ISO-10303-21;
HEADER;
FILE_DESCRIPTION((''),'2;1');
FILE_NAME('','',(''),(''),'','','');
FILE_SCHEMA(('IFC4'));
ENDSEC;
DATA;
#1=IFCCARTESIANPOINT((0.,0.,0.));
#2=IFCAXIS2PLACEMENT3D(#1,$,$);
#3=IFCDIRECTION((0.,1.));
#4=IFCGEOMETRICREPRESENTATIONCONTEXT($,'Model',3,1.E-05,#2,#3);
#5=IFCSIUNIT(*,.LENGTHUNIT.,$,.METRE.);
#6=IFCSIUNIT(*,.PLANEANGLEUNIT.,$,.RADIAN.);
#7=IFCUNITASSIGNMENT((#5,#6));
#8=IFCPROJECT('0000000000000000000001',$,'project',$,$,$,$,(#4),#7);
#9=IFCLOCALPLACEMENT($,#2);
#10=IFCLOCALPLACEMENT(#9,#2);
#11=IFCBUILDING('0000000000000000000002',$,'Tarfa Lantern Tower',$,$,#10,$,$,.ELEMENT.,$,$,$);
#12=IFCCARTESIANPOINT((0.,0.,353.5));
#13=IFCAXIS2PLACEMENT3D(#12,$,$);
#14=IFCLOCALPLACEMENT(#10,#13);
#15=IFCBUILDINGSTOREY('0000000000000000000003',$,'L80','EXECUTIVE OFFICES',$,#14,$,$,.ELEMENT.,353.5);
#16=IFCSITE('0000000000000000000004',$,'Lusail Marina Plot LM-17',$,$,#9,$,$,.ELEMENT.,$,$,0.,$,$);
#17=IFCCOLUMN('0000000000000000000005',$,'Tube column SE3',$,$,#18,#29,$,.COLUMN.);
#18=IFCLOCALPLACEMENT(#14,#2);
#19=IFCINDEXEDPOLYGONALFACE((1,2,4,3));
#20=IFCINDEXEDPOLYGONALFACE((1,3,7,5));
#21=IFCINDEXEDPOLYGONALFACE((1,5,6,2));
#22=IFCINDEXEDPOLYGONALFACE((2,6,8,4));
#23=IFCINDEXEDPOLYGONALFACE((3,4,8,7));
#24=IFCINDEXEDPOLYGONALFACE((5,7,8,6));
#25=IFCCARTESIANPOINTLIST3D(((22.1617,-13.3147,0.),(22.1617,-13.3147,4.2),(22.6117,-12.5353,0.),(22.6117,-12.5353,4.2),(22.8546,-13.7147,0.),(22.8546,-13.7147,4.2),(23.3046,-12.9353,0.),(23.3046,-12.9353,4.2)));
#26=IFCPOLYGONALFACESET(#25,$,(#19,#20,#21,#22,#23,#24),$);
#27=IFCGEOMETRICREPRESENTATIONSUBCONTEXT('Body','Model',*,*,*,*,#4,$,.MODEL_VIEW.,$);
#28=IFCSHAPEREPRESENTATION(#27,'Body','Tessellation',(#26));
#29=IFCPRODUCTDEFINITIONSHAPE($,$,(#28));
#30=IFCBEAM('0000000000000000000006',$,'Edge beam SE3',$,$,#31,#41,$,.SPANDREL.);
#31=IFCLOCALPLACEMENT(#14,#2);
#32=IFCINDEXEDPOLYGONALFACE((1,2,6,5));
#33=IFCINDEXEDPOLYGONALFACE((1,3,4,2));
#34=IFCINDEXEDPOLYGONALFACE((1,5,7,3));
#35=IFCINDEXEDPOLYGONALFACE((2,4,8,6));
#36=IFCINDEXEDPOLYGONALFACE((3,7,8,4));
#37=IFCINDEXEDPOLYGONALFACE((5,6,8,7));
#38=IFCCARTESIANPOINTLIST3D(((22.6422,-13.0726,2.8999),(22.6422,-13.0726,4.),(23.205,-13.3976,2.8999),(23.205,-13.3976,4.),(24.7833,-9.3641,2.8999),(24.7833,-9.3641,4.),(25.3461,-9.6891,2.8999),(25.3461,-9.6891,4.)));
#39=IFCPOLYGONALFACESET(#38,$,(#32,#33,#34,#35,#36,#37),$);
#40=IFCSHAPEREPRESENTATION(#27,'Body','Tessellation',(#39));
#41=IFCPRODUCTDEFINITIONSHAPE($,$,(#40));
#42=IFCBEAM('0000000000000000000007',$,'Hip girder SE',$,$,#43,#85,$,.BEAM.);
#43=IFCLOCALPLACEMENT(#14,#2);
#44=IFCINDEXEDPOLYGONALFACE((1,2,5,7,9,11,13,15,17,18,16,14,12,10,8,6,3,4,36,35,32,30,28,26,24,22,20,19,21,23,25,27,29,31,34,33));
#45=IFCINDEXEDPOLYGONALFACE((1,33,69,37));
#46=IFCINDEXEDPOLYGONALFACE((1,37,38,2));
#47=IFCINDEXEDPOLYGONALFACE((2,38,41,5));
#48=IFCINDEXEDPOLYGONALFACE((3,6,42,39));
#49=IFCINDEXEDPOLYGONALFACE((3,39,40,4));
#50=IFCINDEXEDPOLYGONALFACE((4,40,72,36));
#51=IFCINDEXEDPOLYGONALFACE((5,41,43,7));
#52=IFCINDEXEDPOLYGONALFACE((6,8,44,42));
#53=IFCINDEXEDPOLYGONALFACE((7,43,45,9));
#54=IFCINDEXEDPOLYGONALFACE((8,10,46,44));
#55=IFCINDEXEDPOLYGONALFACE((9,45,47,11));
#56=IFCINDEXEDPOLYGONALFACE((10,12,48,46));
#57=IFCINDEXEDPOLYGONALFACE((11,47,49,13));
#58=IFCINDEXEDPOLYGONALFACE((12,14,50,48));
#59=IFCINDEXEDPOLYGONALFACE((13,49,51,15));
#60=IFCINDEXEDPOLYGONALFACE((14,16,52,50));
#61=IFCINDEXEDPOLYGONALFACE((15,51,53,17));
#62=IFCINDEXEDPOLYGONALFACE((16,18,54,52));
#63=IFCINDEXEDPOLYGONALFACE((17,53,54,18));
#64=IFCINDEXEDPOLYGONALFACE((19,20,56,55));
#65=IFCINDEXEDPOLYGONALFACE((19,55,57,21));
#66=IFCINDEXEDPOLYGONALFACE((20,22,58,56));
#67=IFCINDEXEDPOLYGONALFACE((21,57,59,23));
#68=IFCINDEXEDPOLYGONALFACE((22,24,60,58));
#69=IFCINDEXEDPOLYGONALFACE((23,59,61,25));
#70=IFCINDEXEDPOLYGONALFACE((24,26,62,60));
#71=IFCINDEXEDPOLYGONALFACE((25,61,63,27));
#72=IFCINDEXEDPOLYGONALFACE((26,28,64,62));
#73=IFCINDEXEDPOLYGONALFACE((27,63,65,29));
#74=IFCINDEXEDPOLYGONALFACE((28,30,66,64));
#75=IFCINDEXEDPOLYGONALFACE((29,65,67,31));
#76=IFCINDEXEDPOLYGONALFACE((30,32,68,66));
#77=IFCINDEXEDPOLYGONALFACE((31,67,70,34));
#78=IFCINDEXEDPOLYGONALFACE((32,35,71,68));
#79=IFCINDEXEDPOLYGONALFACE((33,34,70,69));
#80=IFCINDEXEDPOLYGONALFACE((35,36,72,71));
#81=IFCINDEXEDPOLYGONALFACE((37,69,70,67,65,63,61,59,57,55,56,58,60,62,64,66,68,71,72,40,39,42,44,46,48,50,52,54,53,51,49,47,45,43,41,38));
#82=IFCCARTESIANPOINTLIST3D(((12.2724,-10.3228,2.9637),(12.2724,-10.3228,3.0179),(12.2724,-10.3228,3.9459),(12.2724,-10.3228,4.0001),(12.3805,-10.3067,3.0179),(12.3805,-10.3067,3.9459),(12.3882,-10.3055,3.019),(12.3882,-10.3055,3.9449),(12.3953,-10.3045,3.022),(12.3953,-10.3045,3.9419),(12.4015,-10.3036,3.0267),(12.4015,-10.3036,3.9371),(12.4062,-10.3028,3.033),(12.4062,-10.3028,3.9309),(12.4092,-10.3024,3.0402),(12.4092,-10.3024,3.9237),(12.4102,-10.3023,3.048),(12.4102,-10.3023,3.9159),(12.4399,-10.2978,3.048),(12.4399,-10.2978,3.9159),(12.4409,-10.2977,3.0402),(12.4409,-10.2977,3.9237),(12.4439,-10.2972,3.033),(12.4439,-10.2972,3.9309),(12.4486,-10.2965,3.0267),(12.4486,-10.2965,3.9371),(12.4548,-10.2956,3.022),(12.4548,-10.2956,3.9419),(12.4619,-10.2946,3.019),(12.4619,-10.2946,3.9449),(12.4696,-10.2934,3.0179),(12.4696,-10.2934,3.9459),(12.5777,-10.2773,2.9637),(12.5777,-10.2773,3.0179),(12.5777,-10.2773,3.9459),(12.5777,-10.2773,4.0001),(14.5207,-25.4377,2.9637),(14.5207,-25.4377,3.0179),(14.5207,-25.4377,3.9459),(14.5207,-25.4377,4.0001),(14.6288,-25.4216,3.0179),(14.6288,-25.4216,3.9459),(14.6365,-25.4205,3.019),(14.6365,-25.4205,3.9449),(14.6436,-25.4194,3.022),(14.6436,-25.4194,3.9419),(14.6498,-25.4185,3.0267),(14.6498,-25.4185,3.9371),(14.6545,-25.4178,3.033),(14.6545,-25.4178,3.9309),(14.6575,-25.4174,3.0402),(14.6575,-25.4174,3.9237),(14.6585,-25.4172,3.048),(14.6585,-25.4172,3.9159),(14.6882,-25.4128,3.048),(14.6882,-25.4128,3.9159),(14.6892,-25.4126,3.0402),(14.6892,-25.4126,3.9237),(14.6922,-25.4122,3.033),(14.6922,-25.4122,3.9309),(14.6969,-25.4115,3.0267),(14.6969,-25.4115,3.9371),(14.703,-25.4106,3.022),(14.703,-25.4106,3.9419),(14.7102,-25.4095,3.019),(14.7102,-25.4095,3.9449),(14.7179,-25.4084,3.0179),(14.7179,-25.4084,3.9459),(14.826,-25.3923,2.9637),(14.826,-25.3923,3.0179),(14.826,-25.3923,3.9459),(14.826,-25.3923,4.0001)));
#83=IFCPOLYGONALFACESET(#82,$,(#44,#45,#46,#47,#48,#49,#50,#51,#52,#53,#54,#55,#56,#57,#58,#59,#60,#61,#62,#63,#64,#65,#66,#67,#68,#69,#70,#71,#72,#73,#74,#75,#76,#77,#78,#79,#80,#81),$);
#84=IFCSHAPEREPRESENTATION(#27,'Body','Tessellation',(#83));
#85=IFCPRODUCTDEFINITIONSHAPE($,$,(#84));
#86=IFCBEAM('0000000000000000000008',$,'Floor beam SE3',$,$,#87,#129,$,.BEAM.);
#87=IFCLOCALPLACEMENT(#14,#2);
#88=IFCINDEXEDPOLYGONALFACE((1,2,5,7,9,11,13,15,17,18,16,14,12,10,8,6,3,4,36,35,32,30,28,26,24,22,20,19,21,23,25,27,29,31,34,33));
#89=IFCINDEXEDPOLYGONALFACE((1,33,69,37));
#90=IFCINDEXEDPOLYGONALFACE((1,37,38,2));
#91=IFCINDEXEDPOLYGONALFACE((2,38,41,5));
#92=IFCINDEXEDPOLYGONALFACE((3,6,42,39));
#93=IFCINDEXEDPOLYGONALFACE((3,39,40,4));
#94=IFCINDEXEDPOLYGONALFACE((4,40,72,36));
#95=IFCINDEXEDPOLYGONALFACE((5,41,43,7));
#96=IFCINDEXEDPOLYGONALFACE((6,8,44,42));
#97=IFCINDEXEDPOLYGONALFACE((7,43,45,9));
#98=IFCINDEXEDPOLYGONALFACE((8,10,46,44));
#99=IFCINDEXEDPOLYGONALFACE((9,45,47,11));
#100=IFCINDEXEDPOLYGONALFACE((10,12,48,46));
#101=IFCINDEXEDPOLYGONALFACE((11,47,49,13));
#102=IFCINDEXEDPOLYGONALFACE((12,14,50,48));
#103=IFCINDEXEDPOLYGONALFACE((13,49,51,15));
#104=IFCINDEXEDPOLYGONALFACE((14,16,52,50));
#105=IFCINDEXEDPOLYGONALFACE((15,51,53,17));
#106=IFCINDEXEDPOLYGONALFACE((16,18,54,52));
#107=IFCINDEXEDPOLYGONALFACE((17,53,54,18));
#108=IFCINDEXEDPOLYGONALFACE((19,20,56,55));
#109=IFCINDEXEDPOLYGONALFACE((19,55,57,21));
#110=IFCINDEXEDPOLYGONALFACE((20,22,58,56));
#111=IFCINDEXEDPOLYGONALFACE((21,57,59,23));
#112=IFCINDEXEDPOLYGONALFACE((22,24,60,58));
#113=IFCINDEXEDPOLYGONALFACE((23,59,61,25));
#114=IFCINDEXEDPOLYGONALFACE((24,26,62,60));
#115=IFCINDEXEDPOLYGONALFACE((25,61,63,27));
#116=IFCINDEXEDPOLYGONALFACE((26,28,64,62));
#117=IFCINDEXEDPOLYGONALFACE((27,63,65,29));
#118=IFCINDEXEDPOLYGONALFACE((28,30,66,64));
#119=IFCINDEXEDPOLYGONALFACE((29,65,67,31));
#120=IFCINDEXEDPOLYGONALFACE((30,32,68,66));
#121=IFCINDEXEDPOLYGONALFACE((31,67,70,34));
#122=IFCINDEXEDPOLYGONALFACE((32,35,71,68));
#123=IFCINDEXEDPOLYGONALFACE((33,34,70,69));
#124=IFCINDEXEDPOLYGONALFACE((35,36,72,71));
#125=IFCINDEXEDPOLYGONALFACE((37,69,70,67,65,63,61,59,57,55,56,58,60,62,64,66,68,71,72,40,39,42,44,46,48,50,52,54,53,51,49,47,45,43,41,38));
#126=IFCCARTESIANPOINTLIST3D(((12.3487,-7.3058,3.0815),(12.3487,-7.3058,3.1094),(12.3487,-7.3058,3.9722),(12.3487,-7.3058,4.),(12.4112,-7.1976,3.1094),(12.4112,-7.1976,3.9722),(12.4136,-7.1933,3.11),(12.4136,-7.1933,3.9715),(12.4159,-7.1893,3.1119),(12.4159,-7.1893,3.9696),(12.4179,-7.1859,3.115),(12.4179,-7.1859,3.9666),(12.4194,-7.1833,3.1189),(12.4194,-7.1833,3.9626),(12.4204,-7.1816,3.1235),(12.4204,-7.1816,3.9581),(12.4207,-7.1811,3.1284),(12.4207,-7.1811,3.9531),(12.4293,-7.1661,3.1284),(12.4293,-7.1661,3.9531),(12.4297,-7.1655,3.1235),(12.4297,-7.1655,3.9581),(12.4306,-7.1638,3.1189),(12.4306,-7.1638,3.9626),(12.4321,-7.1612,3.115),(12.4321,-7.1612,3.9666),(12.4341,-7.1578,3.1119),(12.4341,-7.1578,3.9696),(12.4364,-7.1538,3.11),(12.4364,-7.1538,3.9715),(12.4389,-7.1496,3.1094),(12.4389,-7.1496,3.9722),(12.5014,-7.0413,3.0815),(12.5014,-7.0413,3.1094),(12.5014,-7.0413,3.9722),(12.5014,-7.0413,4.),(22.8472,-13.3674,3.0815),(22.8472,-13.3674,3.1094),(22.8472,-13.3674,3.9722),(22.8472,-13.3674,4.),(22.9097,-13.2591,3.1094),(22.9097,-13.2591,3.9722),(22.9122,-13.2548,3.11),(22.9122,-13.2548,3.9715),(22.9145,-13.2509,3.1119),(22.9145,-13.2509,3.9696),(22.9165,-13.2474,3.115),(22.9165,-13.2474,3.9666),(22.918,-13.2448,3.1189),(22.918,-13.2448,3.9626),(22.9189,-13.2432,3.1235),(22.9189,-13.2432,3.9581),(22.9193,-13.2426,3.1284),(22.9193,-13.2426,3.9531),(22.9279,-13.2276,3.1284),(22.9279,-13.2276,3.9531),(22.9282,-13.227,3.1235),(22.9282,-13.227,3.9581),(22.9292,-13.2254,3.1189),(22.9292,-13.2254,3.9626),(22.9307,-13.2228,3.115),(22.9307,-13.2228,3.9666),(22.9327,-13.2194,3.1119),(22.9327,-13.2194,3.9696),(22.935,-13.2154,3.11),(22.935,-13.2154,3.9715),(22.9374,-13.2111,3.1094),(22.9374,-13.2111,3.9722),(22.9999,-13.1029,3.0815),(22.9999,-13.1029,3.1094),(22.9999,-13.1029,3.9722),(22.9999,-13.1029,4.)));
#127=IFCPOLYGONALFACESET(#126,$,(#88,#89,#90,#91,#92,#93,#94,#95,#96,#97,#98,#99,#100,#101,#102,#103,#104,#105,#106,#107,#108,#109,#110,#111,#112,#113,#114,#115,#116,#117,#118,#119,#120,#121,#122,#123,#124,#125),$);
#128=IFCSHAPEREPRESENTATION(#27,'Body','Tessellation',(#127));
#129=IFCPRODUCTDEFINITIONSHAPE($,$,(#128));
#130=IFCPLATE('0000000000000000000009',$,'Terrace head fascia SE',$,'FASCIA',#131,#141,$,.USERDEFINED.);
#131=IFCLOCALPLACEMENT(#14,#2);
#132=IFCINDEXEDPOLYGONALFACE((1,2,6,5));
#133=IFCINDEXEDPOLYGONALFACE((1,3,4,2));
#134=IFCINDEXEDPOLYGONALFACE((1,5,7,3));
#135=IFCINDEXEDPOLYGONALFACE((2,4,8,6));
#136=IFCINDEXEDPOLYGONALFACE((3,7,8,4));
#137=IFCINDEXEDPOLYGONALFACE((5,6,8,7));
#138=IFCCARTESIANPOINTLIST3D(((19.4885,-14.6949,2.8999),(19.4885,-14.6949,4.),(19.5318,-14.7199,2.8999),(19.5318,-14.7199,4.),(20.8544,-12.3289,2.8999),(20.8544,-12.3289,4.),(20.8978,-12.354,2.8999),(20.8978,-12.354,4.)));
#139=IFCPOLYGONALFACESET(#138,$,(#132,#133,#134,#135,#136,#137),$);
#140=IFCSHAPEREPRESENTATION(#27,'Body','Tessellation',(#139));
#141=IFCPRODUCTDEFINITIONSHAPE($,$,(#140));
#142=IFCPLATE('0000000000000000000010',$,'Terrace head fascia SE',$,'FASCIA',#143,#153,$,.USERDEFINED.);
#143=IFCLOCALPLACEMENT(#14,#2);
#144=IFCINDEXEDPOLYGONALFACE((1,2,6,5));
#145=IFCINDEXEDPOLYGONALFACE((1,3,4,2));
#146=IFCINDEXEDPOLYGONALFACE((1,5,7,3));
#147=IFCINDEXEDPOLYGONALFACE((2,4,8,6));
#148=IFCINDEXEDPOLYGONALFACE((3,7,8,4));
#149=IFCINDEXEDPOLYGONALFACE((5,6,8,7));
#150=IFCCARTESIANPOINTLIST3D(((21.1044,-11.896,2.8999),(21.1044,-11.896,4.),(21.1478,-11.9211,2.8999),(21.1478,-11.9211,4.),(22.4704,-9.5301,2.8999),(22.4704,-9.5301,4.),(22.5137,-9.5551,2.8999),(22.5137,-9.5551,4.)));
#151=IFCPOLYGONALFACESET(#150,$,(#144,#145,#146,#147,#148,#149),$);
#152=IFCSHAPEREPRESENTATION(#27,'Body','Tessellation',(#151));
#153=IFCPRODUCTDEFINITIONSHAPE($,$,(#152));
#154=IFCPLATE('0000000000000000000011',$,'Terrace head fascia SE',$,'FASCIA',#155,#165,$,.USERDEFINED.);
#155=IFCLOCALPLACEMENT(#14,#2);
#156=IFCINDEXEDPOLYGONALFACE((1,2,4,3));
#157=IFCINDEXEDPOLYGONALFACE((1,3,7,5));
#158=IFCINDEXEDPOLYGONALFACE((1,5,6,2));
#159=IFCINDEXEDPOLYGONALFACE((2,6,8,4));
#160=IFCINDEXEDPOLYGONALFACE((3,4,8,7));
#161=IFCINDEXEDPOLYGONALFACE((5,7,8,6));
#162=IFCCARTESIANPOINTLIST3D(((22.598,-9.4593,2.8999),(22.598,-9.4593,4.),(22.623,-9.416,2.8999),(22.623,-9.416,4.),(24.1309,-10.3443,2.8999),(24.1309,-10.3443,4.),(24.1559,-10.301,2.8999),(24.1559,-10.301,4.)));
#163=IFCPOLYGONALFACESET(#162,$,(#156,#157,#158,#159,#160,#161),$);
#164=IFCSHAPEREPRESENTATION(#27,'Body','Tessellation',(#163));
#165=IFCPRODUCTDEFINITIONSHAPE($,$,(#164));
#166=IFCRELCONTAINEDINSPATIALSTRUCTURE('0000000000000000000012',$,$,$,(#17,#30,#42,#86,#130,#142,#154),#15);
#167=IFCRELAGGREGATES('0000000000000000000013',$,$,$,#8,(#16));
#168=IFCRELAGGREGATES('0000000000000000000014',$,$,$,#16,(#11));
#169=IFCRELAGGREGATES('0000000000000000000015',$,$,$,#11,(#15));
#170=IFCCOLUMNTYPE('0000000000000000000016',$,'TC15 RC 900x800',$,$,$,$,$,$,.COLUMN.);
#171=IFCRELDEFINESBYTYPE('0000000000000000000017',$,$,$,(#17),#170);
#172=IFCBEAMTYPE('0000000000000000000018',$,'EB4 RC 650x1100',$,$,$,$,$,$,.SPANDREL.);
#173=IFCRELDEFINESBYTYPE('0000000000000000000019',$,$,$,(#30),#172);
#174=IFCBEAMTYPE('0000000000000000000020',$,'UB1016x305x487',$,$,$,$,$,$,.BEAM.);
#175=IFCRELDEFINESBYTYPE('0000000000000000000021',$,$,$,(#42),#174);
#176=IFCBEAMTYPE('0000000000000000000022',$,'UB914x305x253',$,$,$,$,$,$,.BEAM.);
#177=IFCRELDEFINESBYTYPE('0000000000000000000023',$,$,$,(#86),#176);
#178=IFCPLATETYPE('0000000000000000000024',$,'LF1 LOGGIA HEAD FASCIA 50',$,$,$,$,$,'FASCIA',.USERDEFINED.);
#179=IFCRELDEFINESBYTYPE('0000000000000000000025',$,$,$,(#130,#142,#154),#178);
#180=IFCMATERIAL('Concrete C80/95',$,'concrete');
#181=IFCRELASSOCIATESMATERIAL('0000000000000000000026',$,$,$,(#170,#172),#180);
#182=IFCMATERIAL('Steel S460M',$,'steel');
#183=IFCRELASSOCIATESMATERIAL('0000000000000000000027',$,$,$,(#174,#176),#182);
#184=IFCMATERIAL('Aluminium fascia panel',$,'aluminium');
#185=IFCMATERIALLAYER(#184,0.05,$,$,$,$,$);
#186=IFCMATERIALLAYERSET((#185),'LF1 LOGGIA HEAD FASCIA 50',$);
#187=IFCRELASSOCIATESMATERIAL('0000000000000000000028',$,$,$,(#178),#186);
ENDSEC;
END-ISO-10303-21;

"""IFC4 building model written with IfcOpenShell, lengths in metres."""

from ifc_helpers import new_model, si_unit, direction, frame, origin, origin_2d, place, context, subcontext, project, spatial, rectangle, i_section, extrude, material, layer, layer_set, material_profile, profile_set, type_object, element, save


model = new_model("IFC4")

# Units and contexts
model_context = context("Model", 3, precision=1e-05, world=origin(), true_north=direction((0.0, 1.0)))
body_context = subcontext(model_context, "Body", "Model", "MODEL_VIEW")
ifc_project = project(units=[si_unit("LENGTHUNIT", "METRE"), si_unit("PLANEANGLEUNIT", "RADIAN")], contexts=[model_context])

# Site, building, storey
site_placement = place(None, origin())
site = spatial("IfcSite", under=ifc_project, at=site_placement, Name="Lusail Marina Plot LM-17", CompositionType="ELEMENT", RefElevation=0.0)
building_placement = place(site_placement, origin())
building = spatial("IfcBuilding", under=site, at=building_placement, Name="Tarfa Lantern Tower", CompositionType="ELEMENT")
storey_placement = place(building_placement, frame((0.0, 0.0, 353.5)))
storey = spatial("IfcBuildingStorey", under=building, at=storey_placement, Name="L80", Description="EXECUTIVE OFFICES", CompositionType="ELEMENT", Elevation=353.5)

# Column
ifc_material_1 = material(Name="Concrete C80/95", Category="concrete")
ifc_material_profile_1 = material_profile(ifc_material_1, rectangle(XDim=0.8999, YDim=0.8, at=origin_2d()), Name="RC 900x800")
ifc_profile_set_1 = profile_set([ifc_material_profile_1], Name="Concrete C80/95")
column_type = type_object("IfcColumnType", Name="TC15 RC 900x800", PredefinedType="COLUMN", material=ifc_profile_set_1)
column_placement = place(storey_placement, frame((22.7332, -13.125, 0.0), z_axis=(0.0, 0.0, 1.0), x_axis=(0.5, 0.866025, 0.0)))
element("IfcColumn", 1, at=column_placement, inside=storey, type_object=column_type, Name="Tube column SE3", PredefinedType="COLUMN", context=body_context, shape_type="SweptSolid", body=[
    extrude(rectangle(XDim=0.8999, YDim=0.8, at=origin_2d()), origin(), (0.0, 0.0, 1.0), 4.2),
])

# Beams
ifc_material_profile_2 = material_profile(ifc_material_1, rectangle(XDim=0.6499, YDim=1.1001, at=origin_2d()), Name="RC 650x1100")
ifc_profile_set_2 = profile_set([ifc_material_profile_2], Name="Concrete C80/95")
beam_type_1 = type_object("IfcBeamType", Name="EB4 RC 650x1100", PredefinedType="SPANDREL", material=ifc_profile_set_2)
beam_1_placement = place(storey_placement, frame((22.9236, -13.2351, 3.45), z_axis=(0.500002, 0.866024, 0.0), x_axis=(-0.866024, 0.500002, 0.0)))
element("IfcBeam", 2, at=beam_1_placement, inside=storey, type_object=beam_type_1, Name="Edge beam SE3", PredefinedType="SPANDREL", context=body_context, shape_type="SweptSolid", body=[
    extrude(rectangle(XDim=0.6499, YDim=1.1001, at=origin_2d()), origin(), (0.0, 0.0, 1.0), 4.2822),
])
ifc_material_2 = material(Name="Steel S460M", Category="steel")
ifc_material_profile_3 = material_profile(ifc_material_2, i_section(OverallWidth=0.3086, OverallDepth=1.0364, WebThickness=0.03, FlangeThickness=0.0542, FilletRadius=0.03, at=origin_2d()), Name="UB1016x305x487")
ifc_profile_set_3 = profile_set([ifc_material_profile_3], Name="Steel S460M")
beam_type_2 = type_object("IfcBeamType", Name="UB1016x305x487", PredefinedType="BEAM", material=ifc_profile_set_3)
beam_2_placement = place(storey_placement, frame((12.425, -10.3, 3.4819), z_axis=(0.147127, -0.989118, 0.0), x_axis=(0.989118, 0.147127, 0.0)))
element("IfcBeam", 3, at=beam_2_placement, inside=storey, type_object=beam_type_2, Name="Hip girder SE", PredefinedType="BEAM", context=body_context, shape_type="SweptSolid", body=[
    extrude(i_section(OverallWidth=0.3086, OverallDepth=1.0364, WebThickness=0.03, FlangeThickness=0.0542, FilletRadius=0.03, at=origin_2d()), origin(), (0.0, 0.0, 1.0), 15.2812),
])
ifc_material_profile_4 = material_profile(ifc_material_2, i_section(OverallWidth=0.3054, OverallDepth=0.9185, WebThickness=0.0173, FlangeThickness=0.0278, FilletRadius=0.019, at=origin_2d()), Name="UB914x305x253")
ifc_profile_set_4 = profile_set([ifc_material_profile_4], Name="Steel S460M")
beam_type_3 = type_object("IfcBeamType", Name="UB914x305x253", PredefinedType="BEAM", material=ifc_profile_set_4)
beam_3_placement = place(storey_placement, frame((22.9236, -13.2351, 3.5408), z_axis=(-0.866019, 0.500012, 0.0), x_axis=(-0.500012, -0.866019, 0.0)))
element("IfcBeam", 4, at=beam_3_placement, inside=storey, type_object=beam_type_3, Name="Floor beam SE3", PredefinedType="BEAM", context=body_context, shape_type="SweptSolid", body=[
    extrude(i_section(OverallWidth=0.3054, OverallDepth=0.9185, WebThickness=0.0173, FlangeThickness=0.0278, FilletRadius=0.019, at=origin_2d()), origin(), (0.0, 0.0, 1.0), 12.1228),
])

# Plates
ifc_material_3 = material(Name="Aluminium fascia panel", Category="aluminium")
ifc_layer_1 = layer(ifc_material_3, 0.05)
ifc_layer_set_1 = layer_set([ifc_layer_1], Name="LF1 LOGGIA HEAD FASCIA 50")
plate_type = type_object("IfcPlateType", Name="LF1 LOGGIA HEAD FASCIA 50", ElementType="FASCIA", PredefinedType="USERDEFINED", material=ifc_layer_set_1)
for number, where, z_axis, x_axis, name in (
    (5, (20.1931, -13.5244, 2.8999), (0.0, 0.0, 1.0), (0.5, 0.866025, 0.0), "Terrace head fascia SE"),
    (6, (21.8091, -10.7256, 2.8999), (0.0, 0.0, 1.0), (0.5, 0.866025, 0.0), "Terrace head fascia SE"),
):
    element("IfcPlate", number, at=place(storey_placement, frame(where, z_axis=z_axis, x_axis=x_axis)), inside=storey, type_object=plate_type, Name=name, ObjectType="FASCIA", PredefinedType="USERDEFINED", context=body_context, shape_type="SweptSolid", body=[
        extrude(rectangle(XDim=2.7319, YDim=0.05, at=origin_2d()), origin(), (0.0, 0.0, 1.0), 1.1001),
    ])
plate_placement = place(storey_placement, frame((23.377, -9.8801, 2.8999), z_axis=(0.0, 0.0, 1.0), x_axis=(-0.866025, 0.5, 0.0)))
element("IfcPlate", 7, at=plate_placement, inside=storey, type_object=plate_type, Name="Terrace head fascia SE", ObjectType="FASCIA", PredefinedType="USERDEFINED", context=body_context, shape_type="SweptSolid", body=[
    extrude(rectangle(XDim=1.77, YDim=0.05, at=origin_2d()), origin(), (0.0, 0.0, 1.0), 1.1001),
])

save(model, "model.ifc")
